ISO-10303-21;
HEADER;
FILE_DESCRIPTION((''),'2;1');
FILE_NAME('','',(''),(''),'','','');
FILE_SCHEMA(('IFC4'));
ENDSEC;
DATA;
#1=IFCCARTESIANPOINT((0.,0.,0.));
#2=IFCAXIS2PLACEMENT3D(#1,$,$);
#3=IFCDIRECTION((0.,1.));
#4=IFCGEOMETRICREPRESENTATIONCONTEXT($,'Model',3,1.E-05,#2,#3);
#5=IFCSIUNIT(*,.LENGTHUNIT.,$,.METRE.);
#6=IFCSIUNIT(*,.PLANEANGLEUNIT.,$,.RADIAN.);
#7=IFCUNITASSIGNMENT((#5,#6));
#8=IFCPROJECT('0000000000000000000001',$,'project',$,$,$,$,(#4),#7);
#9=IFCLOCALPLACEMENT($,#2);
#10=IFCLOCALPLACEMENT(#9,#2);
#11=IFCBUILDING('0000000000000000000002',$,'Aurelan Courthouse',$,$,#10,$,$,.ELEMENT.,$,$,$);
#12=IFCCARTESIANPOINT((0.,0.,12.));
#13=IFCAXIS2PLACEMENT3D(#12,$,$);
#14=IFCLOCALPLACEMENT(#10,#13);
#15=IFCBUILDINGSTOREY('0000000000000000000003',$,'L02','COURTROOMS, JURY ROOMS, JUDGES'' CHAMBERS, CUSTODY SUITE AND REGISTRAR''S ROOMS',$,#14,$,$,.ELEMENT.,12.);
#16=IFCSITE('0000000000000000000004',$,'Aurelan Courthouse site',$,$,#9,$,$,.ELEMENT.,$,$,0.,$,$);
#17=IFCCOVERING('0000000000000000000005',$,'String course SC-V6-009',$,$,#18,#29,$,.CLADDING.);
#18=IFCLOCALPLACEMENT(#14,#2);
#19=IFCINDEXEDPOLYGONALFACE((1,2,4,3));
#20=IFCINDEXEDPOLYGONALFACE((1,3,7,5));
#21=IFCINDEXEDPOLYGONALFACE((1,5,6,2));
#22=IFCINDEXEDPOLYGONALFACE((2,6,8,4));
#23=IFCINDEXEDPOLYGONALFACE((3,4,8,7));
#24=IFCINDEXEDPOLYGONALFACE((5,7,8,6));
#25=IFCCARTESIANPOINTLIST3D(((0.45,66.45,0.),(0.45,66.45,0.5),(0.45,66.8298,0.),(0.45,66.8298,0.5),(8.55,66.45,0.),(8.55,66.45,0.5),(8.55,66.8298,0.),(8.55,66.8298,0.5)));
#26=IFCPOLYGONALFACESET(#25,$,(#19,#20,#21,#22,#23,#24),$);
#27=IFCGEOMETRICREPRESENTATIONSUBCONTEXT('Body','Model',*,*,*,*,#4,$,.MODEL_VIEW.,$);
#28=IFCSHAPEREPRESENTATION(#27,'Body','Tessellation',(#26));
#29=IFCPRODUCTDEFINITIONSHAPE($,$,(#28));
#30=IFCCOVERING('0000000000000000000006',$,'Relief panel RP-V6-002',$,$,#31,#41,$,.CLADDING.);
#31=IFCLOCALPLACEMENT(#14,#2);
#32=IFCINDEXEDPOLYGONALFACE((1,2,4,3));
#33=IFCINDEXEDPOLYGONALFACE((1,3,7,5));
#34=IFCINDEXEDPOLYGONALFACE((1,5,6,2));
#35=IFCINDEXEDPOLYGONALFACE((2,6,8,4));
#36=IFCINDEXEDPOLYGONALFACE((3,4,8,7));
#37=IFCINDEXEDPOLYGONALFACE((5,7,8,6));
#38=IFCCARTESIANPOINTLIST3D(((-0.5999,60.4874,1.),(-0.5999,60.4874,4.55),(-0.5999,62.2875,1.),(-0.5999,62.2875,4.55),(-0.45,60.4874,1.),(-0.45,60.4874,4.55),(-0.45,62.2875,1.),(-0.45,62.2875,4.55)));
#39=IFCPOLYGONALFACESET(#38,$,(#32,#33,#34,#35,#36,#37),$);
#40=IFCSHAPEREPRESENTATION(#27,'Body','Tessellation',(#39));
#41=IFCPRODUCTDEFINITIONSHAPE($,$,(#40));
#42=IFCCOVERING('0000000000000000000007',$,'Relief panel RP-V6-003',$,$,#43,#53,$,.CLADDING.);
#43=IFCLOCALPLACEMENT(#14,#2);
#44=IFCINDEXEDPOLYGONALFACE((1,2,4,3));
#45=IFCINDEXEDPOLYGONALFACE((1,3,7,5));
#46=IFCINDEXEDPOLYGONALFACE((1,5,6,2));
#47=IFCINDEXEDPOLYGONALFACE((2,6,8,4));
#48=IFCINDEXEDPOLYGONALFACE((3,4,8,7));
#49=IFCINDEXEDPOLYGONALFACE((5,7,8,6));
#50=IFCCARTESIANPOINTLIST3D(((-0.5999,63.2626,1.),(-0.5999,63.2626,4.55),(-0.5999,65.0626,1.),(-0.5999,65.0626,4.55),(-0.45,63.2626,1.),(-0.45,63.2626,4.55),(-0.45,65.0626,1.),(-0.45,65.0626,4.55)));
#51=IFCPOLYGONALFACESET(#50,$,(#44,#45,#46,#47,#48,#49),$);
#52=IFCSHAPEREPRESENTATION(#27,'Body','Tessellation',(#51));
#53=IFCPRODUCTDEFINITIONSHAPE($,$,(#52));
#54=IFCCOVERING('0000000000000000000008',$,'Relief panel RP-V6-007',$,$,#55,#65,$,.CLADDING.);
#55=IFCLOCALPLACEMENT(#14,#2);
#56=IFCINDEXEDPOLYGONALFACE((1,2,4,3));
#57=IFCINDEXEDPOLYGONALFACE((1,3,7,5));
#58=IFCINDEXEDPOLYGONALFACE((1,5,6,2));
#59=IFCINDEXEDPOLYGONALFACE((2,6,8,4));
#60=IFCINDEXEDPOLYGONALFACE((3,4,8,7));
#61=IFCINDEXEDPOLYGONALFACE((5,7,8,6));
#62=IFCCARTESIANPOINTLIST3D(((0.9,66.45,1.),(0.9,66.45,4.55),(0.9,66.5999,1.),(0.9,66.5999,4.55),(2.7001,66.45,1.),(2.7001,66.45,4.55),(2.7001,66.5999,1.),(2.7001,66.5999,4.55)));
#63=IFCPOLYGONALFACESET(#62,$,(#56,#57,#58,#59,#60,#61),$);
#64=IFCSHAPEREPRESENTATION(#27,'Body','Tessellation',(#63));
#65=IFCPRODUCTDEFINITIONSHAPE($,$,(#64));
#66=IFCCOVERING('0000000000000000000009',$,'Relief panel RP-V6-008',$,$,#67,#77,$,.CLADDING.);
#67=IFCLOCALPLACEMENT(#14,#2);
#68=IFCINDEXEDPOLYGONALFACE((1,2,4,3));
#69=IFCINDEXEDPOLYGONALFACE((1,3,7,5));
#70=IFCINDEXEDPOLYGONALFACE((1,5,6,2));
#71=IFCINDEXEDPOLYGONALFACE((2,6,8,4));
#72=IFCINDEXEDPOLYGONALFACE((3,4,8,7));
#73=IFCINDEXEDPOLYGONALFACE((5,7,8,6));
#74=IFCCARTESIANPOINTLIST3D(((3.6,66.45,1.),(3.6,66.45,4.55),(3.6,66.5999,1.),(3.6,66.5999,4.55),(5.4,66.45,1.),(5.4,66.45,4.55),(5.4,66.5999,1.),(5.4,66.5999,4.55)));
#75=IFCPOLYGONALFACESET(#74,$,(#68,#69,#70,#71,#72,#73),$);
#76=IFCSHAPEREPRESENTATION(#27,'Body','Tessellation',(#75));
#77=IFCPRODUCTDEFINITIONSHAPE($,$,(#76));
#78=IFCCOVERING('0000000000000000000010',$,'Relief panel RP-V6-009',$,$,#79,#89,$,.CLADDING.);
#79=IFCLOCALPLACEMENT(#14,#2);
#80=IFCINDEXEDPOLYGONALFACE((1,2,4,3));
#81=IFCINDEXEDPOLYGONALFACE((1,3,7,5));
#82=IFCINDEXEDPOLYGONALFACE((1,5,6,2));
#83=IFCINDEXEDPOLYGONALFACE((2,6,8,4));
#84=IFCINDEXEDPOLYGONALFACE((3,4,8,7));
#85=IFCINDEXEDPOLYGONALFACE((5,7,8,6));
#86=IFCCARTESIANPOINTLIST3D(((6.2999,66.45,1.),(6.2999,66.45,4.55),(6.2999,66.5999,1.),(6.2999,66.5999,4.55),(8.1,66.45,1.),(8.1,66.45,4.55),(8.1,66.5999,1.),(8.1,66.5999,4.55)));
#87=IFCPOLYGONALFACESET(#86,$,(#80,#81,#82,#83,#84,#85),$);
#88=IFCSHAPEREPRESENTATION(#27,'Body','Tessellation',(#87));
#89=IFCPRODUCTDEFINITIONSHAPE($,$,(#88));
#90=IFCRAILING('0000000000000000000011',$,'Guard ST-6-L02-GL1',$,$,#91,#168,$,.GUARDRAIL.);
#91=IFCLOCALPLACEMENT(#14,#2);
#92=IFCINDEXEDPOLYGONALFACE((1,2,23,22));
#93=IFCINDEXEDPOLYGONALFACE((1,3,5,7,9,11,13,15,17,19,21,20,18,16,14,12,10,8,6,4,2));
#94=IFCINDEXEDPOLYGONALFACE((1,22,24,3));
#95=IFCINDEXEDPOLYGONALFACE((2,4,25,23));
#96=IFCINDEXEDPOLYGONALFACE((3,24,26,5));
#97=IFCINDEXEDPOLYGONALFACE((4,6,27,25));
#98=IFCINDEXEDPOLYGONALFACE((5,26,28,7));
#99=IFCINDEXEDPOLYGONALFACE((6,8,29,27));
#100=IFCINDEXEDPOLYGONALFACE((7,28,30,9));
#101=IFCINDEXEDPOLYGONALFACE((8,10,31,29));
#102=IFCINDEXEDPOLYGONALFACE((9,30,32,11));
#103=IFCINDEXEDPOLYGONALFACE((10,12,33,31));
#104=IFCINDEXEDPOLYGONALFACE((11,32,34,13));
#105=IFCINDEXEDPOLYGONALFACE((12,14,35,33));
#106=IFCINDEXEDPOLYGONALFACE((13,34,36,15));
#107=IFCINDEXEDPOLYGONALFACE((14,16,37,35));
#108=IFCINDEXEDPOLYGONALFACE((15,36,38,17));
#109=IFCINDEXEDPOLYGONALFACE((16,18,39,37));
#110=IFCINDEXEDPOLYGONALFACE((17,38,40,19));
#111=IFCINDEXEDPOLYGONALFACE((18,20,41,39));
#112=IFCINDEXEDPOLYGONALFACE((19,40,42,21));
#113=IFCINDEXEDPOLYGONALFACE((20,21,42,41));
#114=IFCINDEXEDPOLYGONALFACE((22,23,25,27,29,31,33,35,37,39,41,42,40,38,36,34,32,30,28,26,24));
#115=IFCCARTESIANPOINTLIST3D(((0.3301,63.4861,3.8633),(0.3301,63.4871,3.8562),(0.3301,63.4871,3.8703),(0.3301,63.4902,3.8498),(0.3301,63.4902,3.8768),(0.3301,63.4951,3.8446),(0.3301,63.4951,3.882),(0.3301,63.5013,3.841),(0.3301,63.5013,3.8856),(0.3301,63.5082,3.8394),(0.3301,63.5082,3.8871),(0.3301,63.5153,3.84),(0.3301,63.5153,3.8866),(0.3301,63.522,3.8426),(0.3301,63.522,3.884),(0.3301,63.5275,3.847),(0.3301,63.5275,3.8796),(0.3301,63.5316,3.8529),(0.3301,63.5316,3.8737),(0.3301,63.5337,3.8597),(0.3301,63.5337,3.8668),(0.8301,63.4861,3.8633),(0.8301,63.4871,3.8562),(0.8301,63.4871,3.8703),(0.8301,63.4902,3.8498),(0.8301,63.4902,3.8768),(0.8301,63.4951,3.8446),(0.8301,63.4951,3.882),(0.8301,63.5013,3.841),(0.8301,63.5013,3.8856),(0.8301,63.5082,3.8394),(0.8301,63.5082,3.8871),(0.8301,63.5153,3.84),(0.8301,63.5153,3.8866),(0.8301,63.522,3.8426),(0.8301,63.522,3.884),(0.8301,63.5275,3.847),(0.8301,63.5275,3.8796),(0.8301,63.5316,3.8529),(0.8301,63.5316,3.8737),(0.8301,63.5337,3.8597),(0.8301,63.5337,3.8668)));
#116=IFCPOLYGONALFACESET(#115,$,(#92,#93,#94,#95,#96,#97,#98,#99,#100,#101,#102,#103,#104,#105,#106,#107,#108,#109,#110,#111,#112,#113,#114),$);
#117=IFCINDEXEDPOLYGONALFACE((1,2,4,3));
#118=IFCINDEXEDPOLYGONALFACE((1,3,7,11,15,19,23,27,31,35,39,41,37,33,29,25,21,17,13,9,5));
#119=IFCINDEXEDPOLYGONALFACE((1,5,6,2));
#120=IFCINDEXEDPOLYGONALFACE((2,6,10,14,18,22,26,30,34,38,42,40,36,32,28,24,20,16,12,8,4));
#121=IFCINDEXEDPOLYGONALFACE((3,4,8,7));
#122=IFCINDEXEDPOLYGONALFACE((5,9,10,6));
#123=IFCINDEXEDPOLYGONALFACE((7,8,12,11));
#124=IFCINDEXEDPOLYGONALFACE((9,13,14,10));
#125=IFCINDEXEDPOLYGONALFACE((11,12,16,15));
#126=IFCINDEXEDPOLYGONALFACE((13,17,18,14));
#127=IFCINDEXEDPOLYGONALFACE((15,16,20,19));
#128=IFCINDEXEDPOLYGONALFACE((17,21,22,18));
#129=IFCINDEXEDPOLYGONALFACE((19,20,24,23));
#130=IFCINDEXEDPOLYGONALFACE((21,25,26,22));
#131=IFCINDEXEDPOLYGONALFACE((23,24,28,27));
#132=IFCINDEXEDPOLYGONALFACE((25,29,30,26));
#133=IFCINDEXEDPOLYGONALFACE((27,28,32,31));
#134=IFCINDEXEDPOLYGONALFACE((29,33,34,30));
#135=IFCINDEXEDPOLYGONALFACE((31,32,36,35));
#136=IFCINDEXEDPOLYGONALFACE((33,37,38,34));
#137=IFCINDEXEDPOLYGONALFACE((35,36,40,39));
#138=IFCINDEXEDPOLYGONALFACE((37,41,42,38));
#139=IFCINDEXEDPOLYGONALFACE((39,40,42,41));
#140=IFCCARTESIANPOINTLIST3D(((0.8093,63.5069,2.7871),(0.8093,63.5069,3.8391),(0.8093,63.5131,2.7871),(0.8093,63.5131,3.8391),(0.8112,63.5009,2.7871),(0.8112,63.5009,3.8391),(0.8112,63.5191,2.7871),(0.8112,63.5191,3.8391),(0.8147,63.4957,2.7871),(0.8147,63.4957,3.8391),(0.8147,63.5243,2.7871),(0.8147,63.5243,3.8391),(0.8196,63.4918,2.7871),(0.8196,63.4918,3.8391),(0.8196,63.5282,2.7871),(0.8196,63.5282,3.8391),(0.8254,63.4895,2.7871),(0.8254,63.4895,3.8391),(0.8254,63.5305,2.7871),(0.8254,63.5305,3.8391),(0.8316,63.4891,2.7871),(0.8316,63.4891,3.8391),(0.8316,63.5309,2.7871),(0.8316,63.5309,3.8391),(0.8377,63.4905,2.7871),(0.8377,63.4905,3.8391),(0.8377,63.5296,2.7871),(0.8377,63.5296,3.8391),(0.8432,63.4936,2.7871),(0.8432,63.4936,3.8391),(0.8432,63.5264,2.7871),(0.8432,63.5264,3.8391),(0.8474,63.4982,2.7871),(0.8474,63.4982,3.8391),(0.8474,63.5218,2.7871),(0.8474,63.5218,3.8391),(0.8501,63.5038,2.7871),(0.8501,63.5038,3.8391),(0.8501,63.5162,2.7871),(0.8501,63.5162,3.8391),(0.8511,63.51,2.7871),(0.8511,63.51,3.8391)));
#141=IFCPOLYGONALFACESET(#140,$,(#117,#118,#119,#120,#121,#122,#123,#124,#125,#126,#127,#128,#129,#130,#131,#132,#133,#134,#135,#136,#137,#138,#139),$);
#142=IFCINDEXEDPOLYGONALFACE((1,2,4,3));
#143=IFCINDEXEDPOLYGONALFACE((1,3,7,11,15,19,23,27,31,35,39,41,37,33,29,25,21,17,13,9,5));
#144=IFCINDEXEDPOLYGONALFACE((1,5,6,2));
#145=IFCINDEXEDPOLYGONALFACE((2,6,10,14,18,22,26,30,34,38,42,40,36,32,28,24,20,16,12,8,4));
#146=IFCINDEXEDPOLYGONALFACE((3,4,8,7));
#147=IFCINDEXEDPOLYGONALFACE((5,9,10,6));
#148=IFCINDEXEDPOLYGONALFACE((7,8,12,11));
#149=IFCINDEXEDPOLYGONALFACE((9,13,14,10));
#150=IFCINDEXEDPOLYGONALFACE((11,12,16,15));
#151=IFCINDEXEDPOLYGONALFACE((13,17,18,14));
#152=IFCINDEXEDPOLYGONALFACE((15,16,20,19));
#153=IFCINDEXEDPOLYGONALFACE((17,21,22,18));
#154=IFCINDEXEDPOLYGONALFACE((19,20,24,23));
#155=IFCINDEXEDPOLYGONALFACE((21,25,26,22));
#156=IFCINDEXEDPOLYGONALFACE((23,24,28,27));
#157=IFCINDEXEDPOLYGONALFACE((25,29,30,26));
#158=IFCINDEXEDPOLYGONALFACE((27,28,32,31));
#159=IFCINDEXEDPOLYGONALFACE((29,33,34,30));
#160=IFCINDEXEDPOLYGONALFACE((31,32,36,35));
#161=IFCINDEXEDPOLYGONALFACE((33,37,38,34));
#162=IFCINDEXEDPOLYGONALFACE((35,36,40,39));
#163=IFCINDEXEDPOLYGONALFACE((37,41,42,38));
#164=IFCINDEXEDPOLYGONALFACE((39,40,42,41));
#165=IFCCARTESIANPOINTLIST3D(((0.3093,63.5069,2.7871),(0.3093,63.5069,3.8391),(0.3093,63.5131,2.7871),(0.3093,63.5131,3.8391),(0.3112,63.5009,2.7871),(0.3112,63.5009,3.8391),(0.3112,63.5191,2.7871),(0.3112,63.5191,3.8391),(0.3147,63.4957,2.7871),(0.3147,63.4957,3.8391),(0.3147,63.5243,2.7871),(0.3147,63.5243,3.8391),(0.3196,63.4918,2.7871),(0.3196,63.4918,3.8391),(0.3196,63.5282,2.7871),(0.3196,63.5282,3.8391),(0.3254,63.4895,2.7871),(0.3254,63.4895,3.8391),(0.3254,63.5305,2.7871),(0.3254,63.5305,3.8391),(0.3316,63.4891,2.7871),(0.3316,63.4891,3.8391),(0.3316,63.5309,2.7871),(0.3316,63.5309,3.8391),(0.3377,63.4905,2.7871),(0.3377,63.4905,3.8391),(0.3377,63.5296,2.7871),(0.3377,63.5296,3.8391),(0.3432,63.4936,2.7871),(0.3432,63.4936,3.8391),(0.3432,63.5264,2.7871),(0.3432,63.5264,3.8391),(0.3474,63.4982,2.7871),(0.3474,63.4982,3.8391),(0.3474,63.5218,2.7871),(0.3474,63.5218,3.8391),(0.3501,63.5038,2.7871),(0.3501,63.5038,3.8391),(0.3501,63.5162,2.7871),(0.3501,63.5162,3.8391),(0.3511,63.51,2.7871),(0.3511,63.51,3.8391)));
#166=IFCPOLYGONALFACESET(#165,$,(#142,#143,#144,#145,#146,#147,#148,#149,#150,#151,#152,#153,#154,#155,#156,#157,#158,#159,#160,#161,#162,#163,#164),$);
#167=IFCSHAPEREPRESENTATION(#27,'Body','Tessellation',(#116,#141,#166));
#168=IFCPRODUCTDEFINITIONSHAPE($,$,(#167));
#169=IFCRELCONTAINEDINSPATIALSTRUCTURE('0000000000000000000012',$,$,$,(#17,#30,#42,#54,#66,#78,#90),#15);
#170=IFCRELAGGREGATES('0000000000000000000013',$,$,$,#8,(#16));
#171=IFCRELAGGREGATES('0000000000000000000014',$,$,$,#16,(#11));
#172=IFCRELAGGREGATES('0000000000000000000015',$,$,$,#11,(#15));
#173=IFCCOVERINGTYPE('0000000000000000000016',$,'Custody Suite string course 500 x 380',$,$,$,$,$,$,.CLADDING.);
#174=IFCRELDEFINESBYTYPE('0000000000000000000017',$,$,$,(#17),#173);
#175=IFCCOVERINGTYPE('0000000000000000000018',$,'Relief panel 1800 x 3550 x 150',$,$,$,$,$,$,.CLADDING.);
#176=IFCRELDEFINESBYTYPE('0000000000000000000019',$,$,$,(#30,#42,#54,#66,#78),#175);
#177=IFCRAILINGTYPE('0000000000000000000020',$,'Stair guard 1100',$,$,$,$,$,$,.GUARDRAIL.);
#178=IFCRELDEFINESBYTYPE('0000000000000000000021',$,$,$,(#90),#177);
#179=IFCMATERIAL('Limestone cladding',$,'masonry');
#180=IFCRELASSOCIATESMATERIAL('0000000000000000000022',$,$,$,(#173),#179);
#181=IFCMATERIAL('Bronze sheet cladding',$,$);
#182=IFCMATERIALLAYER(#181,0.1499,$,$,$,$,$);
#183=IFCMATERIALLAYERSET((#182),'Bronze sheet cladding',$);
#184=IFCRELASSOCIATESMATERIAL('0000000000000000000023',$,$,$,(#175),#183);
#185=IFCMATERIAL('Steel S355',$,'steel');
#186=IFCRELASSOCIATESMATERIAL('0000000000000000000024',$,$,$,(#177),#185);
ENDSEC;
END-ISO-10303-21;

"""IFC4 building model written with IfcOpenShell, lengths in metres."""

from ifc_helpers import new_model, si_unit, direction, frame, origin, origin_2d, place, context, subcontext, project, spatial, rectangle, circle, extrude, material, layer, layer_set, type_object, element, save


model = new_model("IFC4")

# Units and contexts
model_context = context("Model", 3, precision=1e-05, world=origin(), true_north=direction((0.0, 1.0)))
body_context = subcontext(model_context, "Body", "Model", "MODEL_VIEW")
ifc_project = project(units=[si_unit("LENGTHUNIT", "METRE"), si_unit("PLANEANGLEUNIT", "RADIAN")], contexts=[model_context])

# Site, building, storey
site_placement = place(None, origin())
site = spatial("IfcSite", under=ifc_project, at=site_placement, Name="Aurelan Courthouse site", CompositionType="ELEMENT", RefElevation=0.0)
building_placement = place(site_placement, origin())
building = spatial("IfcBuilding", under=site, at=building_placement, Name="Aurelan Courthouse", CompositionType="ELEMENT")
storey_placement = place(building_placement, frame((0.0, 0.0, 12.0)))
storey = spatial("IfcBuildingStorey", under=building, at=storey_placement, Name="L02", Description="COURTROOMS, JURY ROOMS, JUDGES' CHAMBERS, CUSTODY SUITE AND REGISTRAR'S ROOMS", CompositionType="ELEMENT", Elevation=12.0)

# Shared definitions
ifc_material_1 = material(Name="Limestone cladding", Category="masonry")

# Coverings
covering_type_1 = type_object("IfcCoveringType", Name="Custody Suite string course 500 x 380", PredefinedType="CLADDING", material=ifc_material_1)
covering_placement = place(storey_placement, frame((4.5, 66.6399, 0.0), z_axis=(0.0, 0.0, 1.0), x_axis=(1.0, 0.0, 0.0)))
element("IfcCovering", 1, at=covering_placement, inside=storey, type_object=covering_type_1, Name="String course SC-V6-009", PredefinedType="CLADDING", context=body_context, shape_type="SweptSolid", body=[
    extrude(rectangle(XDim=8.1001, YDim=0.3799, at=origin_2d()), origin(), (0.0, 0.0, 1.0), 0.5),
])
ifc_material_2 = material(Name="Bronze sheet cladding")
ifc_layer_1 = layer(ifc_material_2, 0.1499)
ifc_layer_set_1 = layer_set([ifc_layer_1], Name="Bronze sheet cladding")
covering_type_2 = type_object("IfcCoveringType", Name="Relief panel 1800 x 3550 x 150", PredefinedType="CLADDING", material=ifc_layer_set_1)
for number, where, z_axis, x_axis, name in (
    (2, (-0.5249, 61.3875, 1.0), (0.0, 0.0, 1.0), (1.0, 0.0, 0.0), "Relief panel RP-V6-002"),
    (3, (-0.5249, 64.1626, 1.0), (0.0, 0.0, 1.0), (1.0, 0.0, 0.0), "Relief panel RP-V6-003"),
):
    element("IfcCovering", number, at=place(storey_placement, frame(where, z_axis=z_axis, x_axis=x_axis)), inside=storey, type_object=covering_type_2, Name=name, PredefinedType="CLADDING", context=body_context, shape_type="SweptSolid", body=[
        extrude(rectangle(XDim=0.1499, YDim=1.8, at=origin_2d()), origin(), (0.0, 0.0, 1.0), 3.55),
    ])
for number, where, z_axis, x_axis, name in (
    (4, (1.8, 66.5249, 1.0), (0.0, 0.0, 1.0), (1.0, 0.0, 0.0), "Relief panel RP-V6-007"),
    (5, (4.5, 66.5249, 1.0), (0.0, 0.0, 1.0), (1.0, 0.0, 0.0), "Relief panel RP-V6-008"),
    (6, (7.2, 66.5249, 1.0), (0.0, 0.0, 1.0), (1.0, 0.0, 0.0), "Relief panel RP-V6-009"),
):
    element("IfcCovering", number, at=place(storey_placement, frame(where, z_axis=z_axis, x_axis=x_axis)), inside=storey, type_object=covering_type_2, Name=name, PredefinedType="CLADDING", context=body_context, shape_type="SweptSolid", body=[
        extrude(rectangle(XDim=1.8, YDim=0.1499, at=origin_2d()), origin(), (0.0, 0.0, 1.0), 3.55),
    ])

# Railing
ifc_material_3 = material(Name="Steel S355", Category="steel")
railing_type_1 = type_object("IfcRailingType", Name="Stair guard 1100", PredefinedType="GUARDRAIL", material=ifc_material_3)
railing_placement = place(storey_placement, frame((0.8301, 63.51, 2.7871)))
element("IfcRailing", 7, at=railing_placement, inside=storey, type_object=railing_type_1, Name="Guard ST-6-L02-GL1", PredefinedType="GUARDRAIL", context=body_context, shape_type="SweptSolid", body=[
    extrude(circle(Radius=0.0239, at=origin_2d()), frame((0.0, 0.0, 1.0762), z_axis=(-1.0, 0.0, 0.0), x_axis=(0.0, -1.0, 0.0)), (0.0, 0.0, 1.0), 0.5),
    extrude(circle(Radius=0.021, at=origin_2d()), origin(), (0.0, 0.0, 1.0), 1.052),
    extrude(circle(Radius=0.021, at=origin_2d()), frame((-0.5, 0.0, 0.0)), (0.0, 0.0, 1.0), 1.052),
])

save(model, "model.ifc")
